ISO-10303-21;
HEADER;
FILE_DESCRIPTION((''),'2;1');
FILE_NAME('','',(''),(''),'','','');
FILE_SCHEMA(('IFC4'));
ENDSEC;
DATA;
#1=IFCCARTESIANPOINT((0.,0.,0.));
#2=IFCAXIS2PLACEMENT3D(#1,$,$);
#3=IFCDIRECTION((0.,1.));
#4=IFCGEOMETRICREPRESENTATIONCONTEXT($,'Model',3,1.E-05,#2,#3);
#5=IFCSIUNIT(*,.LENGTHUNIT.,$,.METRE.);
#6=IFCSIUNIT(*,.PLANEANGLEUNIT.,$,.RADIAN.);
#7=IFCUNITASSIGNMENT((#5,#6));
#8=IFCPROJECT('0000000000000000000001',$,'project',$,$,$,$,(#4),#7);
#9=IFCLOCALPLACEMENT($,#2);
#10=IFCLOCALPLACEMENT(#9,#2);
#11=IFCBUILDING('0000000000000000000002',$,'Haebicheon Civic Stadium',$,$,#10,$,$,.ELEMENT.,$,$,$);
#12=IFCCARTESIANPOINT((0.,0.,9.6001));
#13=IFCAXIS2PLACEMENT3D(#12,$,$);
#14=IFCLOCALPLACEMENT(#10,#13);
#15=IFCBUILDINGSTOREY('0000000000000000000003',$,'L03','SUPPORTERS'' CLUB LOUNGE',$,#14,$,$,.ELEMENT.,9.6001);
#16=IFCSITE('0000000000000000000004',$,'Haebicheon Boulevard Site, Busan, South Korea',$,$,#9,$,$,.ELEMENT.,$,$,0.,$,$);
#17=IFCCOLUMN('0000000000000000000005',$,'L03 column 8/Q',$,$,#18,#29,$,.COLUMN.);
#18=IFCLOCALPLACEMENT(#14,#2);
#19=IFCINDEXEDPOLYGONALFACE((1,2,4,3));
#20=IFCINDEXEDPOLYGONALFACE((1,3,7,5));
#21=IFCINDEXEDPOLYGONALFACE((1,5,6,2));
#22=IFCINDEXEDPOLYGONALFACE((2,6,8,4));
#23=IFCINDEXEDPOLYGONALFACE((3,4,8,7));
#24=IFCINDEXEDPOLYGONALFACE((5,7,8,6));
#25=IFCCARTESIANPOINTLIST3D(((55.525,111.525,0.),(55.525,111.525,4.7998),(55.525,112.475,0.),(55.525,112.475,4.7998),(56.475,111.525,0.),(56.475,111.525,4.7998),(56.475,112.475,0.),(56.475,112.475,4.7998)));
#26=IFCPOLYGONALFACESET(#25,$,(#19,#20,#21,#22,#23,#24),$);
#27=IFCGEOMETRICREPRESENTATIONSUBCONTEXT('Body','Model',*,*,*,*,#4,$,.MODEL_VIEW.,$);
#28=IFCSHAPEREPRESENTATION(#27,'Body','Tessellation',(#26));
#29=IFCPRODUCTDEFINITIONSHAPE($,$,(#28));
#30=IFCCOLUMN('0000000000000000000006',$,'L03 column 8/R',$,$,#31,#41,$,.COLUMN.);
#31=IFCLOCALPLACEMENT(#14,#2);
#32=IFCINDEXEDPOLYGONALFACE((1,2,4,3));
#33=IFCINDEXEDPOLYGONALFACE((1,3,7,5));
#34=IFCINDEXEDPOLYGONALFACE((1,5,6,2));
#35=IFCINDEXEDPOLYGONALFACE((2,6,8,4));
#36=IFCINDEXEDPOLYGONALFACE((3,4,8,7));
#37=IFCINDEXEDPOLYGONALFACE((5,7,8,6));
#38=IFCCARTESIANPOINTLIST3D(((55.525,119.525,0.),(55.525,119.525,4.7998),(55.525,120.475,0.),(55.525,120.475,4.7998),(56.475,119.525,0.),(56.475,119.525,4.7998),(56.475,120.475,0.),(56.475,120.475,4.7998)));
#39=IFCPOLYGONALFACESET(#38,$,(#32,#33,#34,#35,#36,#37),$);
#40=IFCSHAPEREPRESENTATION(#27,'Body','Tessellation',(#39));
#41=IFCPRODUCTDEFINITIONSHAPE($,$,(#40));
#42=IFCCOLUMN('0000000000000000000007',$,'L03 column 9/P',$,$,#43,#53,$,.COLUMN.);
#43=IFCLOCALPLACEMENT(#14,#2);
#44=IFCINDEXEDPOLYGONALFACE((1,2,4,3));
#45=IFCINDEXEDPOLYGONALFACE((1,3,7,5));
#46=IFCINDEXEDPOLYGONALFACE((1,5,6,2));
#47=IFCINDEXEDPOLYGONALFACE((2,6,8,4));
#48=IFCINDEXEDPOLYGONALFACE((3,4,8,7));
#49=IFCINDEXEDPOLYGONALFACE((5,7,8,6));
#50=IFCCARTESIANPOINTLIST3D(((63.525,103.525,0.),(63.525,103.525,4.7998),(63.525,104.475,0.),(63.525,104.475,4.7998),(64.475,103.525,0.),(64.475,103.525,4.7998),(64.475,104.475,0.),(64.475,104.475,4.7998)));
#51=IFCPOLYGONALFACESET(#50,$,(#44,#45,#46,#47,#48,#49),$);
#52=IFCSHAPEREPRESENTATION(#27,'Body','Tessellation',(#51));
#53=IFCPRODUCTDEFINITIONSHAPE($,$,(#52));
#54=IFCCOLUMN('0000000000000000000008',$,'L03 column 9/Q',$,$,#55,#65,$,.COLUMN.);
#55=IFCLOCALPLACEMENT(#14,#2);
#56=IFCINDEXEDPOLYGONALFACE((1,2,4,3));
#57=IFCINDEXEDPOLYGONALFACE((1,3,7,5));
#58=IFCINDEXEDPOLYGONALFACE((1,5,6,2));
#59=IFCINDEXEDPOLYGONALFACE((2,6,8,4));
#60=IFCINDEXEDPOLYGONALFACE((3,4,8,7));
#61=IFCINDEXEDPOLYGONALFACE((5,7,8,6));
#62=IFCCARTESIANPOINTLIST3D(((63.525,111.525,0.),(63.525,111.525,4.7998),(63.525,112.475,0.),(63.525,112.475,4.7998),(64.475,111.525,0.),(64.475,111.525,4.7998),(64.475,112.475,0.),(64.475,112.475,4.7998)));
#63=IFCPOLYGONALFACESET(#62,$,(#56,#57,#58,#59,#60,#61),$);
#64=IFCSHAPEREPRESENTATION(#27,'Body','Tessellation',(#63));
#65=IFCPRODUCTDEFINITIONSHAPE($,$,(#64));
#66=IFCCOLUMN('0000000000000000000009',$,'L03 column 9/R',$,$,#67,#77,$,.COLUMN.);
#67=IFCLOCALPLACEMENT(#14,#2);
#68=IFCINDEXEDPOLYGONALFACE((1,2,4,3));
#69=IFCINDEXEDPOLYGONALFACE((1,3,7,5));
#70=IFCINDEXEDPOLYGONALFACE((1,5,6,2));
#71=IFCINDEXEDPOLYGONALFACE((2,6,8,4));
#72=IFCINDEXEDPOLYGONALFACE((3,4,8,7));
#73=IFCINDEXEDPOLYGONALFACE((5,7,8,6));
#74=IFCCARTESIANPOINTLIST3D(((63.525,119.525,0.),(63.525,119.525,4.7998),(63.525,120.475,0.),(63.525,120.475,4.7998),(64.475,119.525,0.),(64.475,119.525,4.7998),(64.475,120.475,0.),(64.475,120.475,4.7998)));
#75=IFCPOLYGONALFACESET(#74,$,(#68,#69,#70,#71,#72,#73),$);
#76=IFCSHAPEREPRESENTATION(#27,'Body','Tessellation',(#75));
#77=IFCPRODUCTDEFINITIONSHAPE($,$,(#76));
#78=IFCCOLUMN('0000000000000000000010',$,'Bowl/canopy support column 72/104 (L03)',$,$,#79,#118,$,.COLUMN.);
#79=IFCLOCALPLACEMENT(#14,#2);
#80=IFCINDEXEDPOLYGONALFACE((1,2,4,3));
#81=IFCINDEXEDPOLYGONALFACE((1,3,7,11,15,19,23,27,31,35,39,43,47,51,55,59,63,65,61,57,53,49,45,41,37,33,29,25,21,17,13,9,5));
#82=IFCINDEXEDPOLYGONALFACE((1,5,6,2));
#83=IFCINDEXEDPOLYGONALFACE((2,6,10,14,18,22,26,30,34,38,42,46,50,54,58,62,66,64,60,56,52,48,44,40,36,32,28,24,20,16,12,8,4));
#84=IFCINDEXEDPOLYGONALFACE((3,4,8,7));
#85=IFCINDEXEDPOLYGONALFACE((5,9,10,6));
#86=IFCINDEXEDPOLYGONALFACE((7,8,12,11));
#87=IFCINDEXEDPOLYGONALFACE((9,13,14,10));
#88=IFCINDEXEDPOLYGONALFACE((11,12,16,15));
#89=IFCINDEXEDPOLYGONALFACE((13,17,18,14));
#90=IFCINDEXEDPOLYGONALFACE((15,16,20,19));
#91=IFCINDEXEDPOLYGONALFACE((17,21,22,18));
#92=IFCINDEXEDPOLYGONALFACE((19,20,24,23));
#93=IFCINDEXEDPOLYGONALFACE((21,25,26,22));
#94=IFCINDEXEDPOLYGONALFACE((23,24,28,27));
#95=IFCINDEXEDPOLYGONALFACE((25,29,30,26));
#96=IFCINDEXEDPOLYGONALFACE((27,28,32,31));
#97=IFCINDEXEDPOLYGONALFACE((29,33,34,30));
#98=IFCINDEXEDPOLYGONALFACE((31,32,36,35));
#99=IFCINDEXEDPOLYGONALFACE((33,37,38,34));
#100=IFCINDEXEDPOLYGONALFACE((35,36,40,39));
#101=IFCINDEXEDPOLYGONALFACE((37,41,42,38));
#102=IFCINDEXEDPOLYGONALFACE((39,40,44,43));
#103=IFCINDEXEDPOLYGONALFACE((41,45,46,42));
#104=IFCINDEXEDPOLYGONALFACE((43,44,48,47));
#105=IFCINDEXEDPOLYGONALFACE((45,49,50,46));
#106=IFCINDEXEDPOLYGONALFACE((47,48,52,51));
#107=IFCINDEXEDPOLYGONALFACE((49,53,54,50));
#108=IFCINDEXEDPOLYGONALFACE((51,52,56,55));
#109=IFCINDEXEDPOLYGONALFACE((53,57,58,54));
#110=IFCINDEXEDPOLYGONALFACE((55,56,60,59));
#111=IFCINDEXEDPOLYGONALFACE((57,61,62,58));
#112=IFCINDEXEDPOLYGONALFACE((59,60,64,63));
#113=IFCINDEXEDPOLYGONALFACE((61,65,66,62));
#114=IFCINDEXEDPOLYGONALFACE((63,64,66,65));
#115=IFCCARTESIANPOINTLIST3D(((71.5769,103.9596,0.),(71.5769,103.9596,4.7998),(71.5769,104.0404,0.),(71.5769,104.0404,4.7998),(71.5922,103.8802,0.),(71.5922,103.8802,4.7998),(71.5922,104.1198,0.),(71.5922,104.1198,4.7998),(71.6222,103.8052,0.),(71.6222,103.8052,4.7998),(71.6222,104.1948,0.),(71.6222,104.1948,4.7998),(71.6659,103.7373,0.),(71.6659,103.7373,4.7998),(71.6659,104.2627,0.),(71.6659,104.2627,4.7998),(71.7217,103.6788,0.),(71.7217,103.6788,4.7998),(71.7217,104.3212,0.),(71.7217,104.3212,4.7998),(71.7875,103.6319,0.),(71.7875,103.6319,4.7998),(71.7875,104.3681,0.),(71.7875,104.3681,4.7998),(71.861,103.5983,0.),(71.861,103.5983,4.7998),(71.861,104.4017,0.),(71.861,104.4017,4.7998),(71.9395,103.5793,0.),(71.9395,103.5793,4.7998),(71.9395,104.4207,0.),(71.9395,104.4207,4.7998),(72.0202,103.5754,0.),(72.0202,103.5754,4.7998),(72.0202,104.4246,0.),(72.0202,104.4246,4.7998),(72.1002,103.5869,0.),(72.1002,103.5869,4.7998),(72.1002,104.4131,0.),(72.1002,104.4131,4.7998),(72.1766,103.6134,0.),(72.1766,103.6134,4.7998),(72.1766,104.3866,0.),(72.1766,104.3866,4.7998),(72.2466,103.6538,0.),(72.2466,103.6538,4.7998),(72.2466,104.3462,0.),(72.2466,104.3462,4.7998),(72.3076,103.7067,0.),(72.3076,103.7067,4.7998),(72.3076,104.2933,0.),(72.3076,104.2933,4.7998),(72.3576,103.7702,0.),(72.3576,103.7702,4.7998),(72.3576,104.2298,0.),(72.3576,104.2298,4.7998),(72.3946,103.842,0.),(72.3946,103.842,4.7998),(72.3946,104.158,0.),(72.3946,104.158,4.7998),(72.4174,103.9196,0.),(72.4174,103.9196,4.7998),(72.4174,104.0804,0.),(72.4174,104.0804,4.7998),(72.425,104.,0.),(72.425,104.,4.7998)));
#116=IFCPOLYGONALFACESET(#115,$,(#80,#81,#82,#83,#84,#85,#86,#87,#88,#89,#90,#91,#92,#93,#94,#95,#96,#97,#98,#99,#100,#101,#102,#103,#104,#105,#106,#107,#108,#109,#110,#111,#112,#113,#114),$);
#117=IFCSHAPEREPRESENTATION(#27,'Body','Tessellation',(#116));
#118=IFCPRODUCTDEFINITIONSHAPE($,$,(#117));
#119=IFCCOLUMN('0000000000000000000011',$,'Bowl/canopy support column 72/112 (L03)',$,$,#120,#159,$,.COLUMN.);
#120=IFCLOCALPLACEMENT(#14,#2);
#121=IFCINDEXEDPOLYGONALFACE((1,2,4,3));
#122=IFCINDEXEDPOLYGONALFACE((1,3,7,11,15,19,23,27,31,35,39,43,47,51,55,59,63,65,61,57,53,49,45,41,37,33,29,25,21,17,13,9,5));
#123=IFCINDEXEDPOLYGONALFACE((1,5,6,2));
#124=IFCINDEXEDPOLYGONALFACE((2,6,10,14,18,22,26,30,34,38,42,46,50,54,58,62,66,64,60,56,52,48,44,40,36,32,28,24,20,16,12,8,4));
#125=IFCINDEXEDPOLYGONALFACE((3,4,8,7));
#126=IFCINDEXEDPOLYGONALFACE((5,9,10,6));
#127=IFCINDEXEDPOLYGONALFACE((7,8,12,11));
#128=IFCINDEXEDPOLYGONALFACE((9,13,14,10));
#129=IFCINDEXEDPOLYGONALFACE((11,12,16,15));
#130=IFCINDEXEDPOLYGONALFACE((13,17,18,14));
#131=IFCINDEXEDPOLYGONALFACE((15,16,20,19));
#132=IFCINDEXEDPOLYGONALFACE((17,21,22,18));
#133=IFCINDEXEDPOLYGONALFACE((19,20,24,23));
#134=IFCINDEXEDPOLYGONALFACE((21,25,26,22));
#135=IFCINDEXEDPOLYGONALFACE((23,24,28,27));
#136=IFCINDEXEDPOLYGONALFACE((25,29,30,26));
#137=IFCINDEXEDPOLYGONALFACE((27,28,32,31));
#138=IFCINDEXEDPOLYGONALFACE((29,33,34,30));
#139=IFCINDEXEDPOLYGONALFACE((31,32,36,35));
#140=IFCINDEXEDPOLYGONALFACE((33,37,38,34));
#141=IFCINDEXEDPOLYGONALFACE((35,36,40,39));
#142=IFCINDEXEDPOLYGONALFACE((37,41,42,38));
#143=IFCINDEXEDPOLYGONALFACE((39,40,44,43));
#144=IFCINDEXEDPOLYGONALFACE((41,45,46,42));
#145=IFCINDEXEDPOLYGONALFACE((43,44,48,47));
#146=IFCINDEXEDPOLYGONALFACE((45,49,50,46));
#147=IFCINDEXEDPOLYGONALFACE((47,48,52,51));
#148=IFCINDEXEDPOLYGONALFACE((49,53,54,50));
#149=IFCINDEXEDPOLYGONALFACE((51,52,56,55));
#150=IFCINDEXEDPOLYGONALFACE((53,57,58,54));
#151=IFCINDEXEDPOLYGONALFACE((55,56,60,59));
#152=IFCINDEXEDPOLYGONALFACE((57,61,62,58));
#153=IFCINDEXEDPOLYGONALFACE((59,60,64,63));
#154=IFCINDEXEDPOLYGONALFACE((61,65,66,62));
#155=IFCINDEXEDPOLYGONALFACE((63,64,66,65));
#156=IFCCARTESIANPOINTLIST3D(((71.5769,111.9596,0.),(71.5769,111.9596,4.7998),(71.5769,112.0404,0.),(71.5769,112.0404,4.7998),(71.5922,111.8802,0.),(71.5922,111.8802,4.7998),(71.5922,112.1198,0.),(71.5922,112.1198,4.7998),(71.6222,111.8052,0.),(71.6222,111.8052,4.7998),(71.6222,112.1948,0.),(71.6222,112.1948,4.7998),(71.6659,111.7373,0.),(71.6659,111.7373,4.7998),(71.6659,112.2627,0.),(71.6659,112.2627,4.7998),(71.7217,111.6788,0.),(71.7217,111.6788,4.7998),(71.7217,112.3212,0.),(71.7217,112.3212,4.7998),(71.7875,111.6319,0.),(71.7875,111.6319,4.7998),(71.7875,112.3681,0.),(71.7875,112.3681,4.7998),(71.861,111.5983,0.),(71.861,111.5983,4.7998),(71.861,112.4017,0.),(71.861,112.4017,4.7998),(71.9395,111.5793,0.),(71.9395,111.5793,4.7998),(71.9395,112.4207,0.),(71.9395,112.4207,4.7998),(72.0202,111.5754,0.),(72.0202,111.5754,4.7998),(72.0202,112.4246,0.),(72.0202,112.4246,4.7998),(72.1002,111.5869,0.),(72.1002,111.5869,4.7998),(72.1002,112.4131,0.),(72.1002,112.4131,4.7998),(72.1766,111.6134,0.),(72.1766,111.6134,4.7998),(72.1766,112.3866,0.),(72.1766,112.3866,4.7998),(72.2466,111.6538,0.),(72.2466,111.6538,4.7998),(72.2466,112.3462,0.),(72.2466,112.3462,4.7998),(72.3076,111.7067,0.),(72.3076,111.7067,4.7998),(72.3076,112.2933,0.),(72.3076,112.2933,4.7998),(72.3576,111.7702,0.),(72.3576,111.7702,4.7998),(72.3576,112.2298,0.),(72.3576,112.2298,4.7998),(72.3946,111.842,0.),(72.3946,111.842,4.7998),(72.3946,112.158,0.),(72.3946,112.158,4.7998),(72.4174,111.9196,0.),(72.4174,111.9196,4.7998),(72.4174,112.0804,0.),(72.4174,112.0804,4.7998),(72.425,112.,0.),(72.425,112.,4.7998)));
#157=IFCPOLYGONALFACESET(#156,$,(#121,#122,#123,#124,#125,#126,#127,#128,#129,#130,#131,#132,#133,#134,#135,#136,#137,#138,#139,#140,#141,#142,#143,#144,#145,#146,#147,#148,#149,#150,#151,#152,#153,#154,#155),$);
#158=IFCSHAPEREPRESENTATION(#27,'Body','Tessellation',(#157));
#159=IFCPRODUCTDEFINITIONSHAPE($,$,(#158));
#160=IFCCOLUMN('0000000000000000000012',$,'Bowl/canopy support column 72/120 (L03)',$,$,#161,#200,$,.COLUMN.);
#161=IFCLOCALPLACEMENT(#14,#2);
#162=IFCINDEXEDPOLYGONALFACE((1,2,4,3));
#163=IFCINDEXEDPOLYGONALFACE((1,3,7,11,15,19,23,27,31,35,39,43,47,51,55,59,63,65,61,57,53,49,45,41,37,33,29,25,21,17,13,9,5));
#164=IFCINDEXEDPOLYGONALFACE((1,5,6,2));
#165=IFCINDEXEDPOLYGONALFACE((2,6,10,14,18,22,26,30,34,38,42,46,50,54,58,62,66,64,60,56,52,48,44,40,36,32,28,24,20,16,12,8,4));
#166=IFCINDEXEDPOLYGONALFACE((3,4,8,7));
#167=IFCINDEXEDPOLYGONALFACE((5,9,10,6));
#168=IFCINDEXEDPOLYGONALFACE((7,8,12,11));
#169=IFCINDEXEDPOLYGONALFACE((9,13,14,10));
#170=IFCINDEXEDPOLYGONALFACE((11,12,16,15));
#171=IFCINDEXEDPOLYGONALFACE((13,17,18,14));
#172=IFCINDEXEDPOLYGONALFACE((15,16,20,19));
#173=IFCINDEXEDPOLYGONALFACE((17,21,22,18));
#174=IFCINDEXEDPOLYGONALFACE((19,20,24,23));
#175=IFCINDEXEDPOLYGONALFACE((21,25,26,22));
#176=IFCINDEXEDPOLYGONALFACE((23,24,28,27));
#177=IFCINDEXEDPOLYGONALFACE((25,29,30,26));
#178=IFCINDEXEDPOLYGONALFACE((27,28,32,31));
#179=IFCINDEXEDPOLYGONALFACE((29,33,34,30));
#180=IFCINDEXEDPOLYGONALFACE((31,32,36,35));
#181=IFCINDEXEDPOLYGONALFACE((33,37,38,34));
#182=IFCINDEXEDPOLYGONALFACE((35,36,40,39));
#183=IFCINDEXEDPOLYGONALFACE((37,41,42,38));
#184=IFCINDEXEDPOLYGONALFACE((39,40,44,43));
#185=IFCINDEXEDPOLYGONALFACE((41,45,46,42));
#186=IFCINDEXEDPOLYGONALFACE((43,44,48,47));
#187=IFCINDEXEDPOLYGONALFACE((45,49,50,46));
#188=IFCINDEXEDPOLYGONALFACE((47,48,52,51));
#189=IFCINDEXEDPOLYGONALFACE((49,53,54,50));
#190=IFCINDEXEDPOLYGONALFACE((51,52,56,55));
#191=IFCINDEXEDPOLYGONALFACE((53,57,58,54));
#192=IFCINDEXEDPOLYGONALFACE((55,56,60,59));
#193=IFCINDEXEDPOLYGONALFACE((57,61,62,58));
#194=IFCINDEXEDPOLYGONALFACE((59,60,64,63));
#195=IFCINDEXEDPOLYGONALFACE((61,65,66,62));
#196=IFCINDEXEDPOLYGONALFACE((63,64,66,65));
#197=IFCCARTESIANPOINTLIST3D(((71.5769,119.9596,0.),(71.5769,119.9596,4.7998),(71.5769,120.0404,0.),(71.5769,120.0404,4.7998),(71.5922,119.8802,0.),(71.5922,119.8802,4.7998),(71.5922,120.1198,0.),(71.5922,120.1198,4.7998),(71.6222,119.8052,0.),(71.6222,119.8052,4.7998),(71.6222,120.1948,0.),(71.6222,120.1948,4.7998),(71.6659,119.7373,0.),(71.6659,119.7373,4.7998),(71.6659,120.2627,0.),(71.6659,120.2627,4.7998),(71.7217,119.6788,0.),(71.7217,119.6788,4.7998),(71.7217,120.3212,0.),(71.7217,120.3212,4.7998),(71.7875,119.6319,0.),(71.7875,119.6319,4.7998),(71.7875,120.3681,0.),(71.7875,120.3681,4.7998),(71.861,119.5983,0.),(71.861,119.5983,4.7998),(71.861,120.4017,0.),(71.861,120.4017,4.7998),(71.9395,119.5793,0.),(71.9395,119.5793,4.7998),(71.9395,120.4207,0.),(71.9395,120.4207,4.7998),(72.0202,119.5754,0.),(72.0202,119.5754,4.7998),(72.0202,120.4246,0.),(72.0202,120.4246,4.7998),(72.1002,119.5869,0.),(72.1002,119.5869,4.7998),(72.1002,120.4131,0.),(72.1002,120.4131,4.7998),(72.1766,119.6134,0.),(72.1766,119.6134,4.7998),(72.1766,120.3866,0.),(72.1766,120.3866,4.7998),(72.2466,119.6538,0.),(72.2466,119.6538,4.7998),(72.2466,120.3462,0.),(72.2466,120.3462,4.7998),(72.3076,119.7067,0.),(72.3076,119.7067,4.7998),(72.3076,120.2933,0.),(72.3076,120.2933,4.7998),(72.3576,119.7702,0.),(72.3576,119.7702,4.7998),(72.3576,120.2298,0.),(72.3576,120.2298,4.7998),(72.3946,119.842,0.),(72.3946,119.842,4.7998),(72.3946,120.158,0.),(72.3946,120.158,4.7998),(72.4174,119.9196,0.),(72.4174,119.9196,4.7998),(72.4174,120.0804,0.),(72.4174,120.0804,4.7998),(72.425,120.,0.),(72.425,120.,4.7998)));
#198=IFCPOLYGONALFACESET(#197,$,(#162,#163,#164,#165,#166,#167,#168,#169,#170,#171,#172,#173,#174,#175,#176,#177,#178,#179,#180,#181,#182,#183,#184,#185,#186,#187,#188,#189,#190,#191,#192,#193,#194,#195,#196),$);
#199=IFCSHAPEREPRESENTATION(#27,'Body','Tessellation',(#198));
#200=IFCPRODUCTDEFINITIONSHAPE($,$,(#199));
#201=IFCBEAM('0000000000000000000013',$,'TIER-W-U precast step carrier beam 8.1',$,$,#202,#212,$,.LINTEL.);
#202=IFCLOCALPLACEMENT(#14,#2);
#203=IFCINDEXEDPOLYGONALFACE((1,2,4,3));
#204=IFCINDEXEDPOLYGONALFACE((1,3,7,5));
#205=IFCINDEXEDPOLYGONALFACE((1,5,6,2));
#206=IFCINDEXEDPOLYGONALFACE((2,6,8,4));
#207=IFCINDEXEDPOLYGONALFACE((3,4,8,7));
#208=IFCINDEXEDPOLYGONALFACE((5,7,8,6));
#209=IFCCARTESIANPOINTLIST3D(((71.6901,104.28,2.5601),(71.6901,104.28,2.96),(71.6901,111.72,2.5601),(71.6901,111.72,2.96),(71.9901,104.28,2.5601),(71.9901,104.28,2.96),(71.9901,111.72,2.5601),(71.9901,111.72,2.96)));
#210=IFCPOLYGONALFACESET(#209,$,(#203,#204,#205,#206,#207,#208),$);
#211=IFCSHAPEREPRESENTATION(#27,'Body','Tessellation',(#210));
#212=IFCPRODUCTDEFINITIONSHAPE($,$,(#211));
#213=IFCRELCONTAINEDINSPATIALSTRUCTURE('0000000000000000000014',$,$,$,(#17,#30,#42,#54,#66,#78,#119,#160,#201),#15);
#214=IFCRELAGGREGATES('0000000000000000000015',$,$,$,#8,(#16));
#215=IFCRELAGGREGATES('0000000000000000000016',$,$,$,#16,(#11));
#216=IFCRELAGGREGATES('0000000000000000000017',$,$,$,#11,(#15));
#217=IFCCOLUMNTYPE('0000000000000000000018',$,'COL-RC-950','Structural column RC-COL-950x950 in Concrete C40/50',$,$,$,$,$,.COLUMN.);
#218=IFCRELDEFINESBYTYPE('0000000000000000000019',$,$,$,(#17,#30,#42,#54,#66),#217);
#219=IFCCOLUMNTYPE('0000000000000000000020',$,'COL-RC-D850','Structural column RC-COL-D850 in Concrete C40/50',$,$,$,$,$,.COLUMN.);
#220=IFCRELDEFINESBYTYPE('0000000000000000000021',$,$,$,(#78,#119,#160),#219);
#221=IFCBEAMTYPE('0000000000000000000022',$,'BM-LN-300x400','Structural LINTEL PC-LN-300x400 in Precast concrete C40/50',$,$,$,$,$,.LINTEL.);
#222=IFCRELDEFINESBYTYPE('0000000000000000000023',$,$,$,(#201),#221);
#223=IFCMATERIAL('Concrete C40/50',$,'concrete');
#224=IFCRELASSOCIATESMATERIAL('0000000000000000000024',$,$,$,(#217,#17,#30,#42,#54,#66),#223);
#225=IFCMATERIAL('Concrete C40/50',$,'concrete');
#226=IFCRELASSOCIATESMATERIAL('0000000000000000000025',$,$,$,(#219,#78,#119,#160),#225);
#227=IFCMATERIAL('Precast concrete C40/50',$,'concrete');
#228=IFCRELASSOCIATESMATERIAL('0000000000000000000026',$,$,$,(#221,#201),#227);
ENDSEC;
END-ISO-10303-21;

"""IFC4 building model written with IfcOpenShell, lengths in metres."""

from ifc_helpers import new_model, si_unit, direction, frame, origin, origin_2d, place, context, subcontext, project, spatial, rectangle, circle, extrude, material, material_profile, profile_set, type_object, element, save


model = new_model("IFC4")

# Units and contexts
model_context = context("Model", 3, precision=1e-05, world=origin(), true_north=direction((0.0, 1.0)))
body_context = subcontext(model_context, "Body", "Model", "MODEL_VIEW")
ifc_project = project(units=[si_unit("LENGTHUNIT", "METRE"), si_unit("PLANEANGLEUNIT", "RADIAN")], contexts=[model_context])

# Site, building, storey
site_placement = place(None, origin())
site = spatial("IfcSite", under=ifc_project, at=site_placement, Name="Haebicheon Boulevard Site, Busan, South Korea", CompositionType="ELEMENT", RefElevation=0.0)
building_placement = place(site_placement, origin())
building = spatial("IfcBuilding", under=site, at=building_placement, Name="Haebicheon Civic Stadium", CompositionType="ELEMENT")
storey_placement = place(building_placement, frame((0.0, 0.0, 9.6001)))
storey = spatial("IfcBuildingStorey", under=building, at=storey_placement, Name="L03", Description="SUPPORTERS' CLUB LOUNGE", CompositionType="ELEMENT", Elevation=9.6001)

# Columns
ifc_material_1 = material(Name="Concrete C40/50", Category="concrete")
ifc_material_profile_1 = material_profile(ifc_material_1, rectangle(XDim=0.95, YDim=0.95, at=origin_2d()), Name="RC-COL-950x950")
ifc_profile_set_1 = profile_set([ifc_material_profile_1], Name="Concrete C40/50")
column_type_1 = type_object("IfcColumnType", Name="COL-RC-950", Description="Structural column RC-COL-950x950 in Concrete C40/50", PredefinedType="COLUMN", material=ifc_profile_set_1)
for number, where, z_axis, x_axis, name in (
    (1, (56.0, 112.0, 0.0), (0.0, 0.0, 1.0), (1.0, 0.0, 0.0), "L03 column 8/Q"),
    (2, (56.0, 120.0, 0.0), (0.0, 0.0, 1.0), (1.0, 0.0, 0.0), "L03 column 8/R"),
    (3, (64.0, 104.0, 0.0), (0.0, 0.0, 1.0), (1.0, 0.0, 0.0), "L03 column 9/P"),
    (4, (64.0, 112.0, 0.0), (0.0, 0.0, 1.0), (1.0, 0.0, 0.0), "L03 column 9/Q"),
    (5, (64.0, 120.0, 0.0), (0.0, 0.0, 1.0), (1.0, 0.0, 0.0), "L03 column 9/R"),
):
    element("IfcColumn", number, at=place(storey_placement, frame(where, z_axis=z_axis, x_axis=x_axis)), inside=storey, type_object=column_type_1, material=ifc_profile_set_1, Name=name, PredefinedType="COLUMN", context=body_context, shape_type="SweptSolid", body=[
        extrude(rectangle(XDim=0.95, YDim=0.95, at=origin_2d()), origin(), (0.0, 0.0, 1.0), 4.7998),
    ])
ifc_material_2 = material(Name="Concrete C40/50", Category="concrete")
ifc_material_profile_2 = material_profile(ifc_material_2, circle(Radius=0.425, at=origin_2d()), Name="RC-COL-D850")
ifc_profile_set_2 = profile_set([ifc_material_profile_2], Name="Concrete C40/50")
column_type_2 = type_object("IfcColumnType", Name="COL-RC-D850", Description="Structural column RC-COL-D850 in Concrete C40/50", PredefinedType="COLUMN", material=ifc_profile_set_2)
for number, where, z_axis, x_axis, name in (
    (6, (72.0, 104.0, 0.0), (0.0, 0.0, 1.0), (1.0, 0.0, 0.0), "Bowl/canopy support column 72/104 (L03)"),
    (7, (72.0, 112.0, 0.0), (0.0, 0.0, 1.0), (1.0, 0.0, 0.0), "Bowl/canopy support column 72/112 (L03)"),
    (8, (72.0, 120.0, 0.0), (0.0, 0.0, 1.0), (1.0, 0.0, 0.0), "Bowl/canopy support column 72/120 (L03)"),
):
    element("IfcColumn", number, at=place(storey_placement, frame(where, z_axis=z_axis, x_axis=x_axis)), inside=storey, type_object=column_type_2, material=ifc_profile_set_2, Name=name, PredefinedType="COLUMN", context=body_context, shape_type="SweptSolid", body=[
        extrude(circle(Radius=0.425, at=origin_2d()), origin(), (0.0, 0.0, 1.0), 4.7998),
    ])

# Beam
ifc_material_3 = material(Name="Precast concrete C40/50", Category="concrete")
ifc_material_profile_3 = material_profile(ifc_material_3, rectangle(XDim=0.3, YDim=0.3999, at=origin_2d()), Name="PC-LN-300x400")
ifc_profile_set_3 = profile_set([ifc_material_profile_3], Name="Precast concrete C40/50")
beam_type_1 = type_object("IfcBeamType", Name="BM-LN-300x400", Description="Structural LINTEL PC-LN-300x400 in Precast concrete C40/50", PredefinedType="LINTEL", material=ifc_profile_set_3)
for number, where, z_axis, x_axis, name in (
    (9, (71.8401, 104.28, 2.76), (0.0, 1.0, 0.0), (-1.0, 0.0, 0.0), "TIER-W-U precast step carrier beam 8.1"),
):
    element("IfcBeam", number, at=place(storey_placement, frame(where, z_axis=z_axis, x_axis=x_axis)), inside=storey, type_object=beam_type_1, material=ifc_profile_set_3, Name=name, PredefinedType="LINTEL", context=body_context, shape_type="SweptSolid", body=[
        extrude(rectangle(XDim=0.3, YDim=0.3999, at=origin_2d()), origin(), (0.0, 0.0, 1.0), 7.4399),
    ])

save(model, "model.ifc")
